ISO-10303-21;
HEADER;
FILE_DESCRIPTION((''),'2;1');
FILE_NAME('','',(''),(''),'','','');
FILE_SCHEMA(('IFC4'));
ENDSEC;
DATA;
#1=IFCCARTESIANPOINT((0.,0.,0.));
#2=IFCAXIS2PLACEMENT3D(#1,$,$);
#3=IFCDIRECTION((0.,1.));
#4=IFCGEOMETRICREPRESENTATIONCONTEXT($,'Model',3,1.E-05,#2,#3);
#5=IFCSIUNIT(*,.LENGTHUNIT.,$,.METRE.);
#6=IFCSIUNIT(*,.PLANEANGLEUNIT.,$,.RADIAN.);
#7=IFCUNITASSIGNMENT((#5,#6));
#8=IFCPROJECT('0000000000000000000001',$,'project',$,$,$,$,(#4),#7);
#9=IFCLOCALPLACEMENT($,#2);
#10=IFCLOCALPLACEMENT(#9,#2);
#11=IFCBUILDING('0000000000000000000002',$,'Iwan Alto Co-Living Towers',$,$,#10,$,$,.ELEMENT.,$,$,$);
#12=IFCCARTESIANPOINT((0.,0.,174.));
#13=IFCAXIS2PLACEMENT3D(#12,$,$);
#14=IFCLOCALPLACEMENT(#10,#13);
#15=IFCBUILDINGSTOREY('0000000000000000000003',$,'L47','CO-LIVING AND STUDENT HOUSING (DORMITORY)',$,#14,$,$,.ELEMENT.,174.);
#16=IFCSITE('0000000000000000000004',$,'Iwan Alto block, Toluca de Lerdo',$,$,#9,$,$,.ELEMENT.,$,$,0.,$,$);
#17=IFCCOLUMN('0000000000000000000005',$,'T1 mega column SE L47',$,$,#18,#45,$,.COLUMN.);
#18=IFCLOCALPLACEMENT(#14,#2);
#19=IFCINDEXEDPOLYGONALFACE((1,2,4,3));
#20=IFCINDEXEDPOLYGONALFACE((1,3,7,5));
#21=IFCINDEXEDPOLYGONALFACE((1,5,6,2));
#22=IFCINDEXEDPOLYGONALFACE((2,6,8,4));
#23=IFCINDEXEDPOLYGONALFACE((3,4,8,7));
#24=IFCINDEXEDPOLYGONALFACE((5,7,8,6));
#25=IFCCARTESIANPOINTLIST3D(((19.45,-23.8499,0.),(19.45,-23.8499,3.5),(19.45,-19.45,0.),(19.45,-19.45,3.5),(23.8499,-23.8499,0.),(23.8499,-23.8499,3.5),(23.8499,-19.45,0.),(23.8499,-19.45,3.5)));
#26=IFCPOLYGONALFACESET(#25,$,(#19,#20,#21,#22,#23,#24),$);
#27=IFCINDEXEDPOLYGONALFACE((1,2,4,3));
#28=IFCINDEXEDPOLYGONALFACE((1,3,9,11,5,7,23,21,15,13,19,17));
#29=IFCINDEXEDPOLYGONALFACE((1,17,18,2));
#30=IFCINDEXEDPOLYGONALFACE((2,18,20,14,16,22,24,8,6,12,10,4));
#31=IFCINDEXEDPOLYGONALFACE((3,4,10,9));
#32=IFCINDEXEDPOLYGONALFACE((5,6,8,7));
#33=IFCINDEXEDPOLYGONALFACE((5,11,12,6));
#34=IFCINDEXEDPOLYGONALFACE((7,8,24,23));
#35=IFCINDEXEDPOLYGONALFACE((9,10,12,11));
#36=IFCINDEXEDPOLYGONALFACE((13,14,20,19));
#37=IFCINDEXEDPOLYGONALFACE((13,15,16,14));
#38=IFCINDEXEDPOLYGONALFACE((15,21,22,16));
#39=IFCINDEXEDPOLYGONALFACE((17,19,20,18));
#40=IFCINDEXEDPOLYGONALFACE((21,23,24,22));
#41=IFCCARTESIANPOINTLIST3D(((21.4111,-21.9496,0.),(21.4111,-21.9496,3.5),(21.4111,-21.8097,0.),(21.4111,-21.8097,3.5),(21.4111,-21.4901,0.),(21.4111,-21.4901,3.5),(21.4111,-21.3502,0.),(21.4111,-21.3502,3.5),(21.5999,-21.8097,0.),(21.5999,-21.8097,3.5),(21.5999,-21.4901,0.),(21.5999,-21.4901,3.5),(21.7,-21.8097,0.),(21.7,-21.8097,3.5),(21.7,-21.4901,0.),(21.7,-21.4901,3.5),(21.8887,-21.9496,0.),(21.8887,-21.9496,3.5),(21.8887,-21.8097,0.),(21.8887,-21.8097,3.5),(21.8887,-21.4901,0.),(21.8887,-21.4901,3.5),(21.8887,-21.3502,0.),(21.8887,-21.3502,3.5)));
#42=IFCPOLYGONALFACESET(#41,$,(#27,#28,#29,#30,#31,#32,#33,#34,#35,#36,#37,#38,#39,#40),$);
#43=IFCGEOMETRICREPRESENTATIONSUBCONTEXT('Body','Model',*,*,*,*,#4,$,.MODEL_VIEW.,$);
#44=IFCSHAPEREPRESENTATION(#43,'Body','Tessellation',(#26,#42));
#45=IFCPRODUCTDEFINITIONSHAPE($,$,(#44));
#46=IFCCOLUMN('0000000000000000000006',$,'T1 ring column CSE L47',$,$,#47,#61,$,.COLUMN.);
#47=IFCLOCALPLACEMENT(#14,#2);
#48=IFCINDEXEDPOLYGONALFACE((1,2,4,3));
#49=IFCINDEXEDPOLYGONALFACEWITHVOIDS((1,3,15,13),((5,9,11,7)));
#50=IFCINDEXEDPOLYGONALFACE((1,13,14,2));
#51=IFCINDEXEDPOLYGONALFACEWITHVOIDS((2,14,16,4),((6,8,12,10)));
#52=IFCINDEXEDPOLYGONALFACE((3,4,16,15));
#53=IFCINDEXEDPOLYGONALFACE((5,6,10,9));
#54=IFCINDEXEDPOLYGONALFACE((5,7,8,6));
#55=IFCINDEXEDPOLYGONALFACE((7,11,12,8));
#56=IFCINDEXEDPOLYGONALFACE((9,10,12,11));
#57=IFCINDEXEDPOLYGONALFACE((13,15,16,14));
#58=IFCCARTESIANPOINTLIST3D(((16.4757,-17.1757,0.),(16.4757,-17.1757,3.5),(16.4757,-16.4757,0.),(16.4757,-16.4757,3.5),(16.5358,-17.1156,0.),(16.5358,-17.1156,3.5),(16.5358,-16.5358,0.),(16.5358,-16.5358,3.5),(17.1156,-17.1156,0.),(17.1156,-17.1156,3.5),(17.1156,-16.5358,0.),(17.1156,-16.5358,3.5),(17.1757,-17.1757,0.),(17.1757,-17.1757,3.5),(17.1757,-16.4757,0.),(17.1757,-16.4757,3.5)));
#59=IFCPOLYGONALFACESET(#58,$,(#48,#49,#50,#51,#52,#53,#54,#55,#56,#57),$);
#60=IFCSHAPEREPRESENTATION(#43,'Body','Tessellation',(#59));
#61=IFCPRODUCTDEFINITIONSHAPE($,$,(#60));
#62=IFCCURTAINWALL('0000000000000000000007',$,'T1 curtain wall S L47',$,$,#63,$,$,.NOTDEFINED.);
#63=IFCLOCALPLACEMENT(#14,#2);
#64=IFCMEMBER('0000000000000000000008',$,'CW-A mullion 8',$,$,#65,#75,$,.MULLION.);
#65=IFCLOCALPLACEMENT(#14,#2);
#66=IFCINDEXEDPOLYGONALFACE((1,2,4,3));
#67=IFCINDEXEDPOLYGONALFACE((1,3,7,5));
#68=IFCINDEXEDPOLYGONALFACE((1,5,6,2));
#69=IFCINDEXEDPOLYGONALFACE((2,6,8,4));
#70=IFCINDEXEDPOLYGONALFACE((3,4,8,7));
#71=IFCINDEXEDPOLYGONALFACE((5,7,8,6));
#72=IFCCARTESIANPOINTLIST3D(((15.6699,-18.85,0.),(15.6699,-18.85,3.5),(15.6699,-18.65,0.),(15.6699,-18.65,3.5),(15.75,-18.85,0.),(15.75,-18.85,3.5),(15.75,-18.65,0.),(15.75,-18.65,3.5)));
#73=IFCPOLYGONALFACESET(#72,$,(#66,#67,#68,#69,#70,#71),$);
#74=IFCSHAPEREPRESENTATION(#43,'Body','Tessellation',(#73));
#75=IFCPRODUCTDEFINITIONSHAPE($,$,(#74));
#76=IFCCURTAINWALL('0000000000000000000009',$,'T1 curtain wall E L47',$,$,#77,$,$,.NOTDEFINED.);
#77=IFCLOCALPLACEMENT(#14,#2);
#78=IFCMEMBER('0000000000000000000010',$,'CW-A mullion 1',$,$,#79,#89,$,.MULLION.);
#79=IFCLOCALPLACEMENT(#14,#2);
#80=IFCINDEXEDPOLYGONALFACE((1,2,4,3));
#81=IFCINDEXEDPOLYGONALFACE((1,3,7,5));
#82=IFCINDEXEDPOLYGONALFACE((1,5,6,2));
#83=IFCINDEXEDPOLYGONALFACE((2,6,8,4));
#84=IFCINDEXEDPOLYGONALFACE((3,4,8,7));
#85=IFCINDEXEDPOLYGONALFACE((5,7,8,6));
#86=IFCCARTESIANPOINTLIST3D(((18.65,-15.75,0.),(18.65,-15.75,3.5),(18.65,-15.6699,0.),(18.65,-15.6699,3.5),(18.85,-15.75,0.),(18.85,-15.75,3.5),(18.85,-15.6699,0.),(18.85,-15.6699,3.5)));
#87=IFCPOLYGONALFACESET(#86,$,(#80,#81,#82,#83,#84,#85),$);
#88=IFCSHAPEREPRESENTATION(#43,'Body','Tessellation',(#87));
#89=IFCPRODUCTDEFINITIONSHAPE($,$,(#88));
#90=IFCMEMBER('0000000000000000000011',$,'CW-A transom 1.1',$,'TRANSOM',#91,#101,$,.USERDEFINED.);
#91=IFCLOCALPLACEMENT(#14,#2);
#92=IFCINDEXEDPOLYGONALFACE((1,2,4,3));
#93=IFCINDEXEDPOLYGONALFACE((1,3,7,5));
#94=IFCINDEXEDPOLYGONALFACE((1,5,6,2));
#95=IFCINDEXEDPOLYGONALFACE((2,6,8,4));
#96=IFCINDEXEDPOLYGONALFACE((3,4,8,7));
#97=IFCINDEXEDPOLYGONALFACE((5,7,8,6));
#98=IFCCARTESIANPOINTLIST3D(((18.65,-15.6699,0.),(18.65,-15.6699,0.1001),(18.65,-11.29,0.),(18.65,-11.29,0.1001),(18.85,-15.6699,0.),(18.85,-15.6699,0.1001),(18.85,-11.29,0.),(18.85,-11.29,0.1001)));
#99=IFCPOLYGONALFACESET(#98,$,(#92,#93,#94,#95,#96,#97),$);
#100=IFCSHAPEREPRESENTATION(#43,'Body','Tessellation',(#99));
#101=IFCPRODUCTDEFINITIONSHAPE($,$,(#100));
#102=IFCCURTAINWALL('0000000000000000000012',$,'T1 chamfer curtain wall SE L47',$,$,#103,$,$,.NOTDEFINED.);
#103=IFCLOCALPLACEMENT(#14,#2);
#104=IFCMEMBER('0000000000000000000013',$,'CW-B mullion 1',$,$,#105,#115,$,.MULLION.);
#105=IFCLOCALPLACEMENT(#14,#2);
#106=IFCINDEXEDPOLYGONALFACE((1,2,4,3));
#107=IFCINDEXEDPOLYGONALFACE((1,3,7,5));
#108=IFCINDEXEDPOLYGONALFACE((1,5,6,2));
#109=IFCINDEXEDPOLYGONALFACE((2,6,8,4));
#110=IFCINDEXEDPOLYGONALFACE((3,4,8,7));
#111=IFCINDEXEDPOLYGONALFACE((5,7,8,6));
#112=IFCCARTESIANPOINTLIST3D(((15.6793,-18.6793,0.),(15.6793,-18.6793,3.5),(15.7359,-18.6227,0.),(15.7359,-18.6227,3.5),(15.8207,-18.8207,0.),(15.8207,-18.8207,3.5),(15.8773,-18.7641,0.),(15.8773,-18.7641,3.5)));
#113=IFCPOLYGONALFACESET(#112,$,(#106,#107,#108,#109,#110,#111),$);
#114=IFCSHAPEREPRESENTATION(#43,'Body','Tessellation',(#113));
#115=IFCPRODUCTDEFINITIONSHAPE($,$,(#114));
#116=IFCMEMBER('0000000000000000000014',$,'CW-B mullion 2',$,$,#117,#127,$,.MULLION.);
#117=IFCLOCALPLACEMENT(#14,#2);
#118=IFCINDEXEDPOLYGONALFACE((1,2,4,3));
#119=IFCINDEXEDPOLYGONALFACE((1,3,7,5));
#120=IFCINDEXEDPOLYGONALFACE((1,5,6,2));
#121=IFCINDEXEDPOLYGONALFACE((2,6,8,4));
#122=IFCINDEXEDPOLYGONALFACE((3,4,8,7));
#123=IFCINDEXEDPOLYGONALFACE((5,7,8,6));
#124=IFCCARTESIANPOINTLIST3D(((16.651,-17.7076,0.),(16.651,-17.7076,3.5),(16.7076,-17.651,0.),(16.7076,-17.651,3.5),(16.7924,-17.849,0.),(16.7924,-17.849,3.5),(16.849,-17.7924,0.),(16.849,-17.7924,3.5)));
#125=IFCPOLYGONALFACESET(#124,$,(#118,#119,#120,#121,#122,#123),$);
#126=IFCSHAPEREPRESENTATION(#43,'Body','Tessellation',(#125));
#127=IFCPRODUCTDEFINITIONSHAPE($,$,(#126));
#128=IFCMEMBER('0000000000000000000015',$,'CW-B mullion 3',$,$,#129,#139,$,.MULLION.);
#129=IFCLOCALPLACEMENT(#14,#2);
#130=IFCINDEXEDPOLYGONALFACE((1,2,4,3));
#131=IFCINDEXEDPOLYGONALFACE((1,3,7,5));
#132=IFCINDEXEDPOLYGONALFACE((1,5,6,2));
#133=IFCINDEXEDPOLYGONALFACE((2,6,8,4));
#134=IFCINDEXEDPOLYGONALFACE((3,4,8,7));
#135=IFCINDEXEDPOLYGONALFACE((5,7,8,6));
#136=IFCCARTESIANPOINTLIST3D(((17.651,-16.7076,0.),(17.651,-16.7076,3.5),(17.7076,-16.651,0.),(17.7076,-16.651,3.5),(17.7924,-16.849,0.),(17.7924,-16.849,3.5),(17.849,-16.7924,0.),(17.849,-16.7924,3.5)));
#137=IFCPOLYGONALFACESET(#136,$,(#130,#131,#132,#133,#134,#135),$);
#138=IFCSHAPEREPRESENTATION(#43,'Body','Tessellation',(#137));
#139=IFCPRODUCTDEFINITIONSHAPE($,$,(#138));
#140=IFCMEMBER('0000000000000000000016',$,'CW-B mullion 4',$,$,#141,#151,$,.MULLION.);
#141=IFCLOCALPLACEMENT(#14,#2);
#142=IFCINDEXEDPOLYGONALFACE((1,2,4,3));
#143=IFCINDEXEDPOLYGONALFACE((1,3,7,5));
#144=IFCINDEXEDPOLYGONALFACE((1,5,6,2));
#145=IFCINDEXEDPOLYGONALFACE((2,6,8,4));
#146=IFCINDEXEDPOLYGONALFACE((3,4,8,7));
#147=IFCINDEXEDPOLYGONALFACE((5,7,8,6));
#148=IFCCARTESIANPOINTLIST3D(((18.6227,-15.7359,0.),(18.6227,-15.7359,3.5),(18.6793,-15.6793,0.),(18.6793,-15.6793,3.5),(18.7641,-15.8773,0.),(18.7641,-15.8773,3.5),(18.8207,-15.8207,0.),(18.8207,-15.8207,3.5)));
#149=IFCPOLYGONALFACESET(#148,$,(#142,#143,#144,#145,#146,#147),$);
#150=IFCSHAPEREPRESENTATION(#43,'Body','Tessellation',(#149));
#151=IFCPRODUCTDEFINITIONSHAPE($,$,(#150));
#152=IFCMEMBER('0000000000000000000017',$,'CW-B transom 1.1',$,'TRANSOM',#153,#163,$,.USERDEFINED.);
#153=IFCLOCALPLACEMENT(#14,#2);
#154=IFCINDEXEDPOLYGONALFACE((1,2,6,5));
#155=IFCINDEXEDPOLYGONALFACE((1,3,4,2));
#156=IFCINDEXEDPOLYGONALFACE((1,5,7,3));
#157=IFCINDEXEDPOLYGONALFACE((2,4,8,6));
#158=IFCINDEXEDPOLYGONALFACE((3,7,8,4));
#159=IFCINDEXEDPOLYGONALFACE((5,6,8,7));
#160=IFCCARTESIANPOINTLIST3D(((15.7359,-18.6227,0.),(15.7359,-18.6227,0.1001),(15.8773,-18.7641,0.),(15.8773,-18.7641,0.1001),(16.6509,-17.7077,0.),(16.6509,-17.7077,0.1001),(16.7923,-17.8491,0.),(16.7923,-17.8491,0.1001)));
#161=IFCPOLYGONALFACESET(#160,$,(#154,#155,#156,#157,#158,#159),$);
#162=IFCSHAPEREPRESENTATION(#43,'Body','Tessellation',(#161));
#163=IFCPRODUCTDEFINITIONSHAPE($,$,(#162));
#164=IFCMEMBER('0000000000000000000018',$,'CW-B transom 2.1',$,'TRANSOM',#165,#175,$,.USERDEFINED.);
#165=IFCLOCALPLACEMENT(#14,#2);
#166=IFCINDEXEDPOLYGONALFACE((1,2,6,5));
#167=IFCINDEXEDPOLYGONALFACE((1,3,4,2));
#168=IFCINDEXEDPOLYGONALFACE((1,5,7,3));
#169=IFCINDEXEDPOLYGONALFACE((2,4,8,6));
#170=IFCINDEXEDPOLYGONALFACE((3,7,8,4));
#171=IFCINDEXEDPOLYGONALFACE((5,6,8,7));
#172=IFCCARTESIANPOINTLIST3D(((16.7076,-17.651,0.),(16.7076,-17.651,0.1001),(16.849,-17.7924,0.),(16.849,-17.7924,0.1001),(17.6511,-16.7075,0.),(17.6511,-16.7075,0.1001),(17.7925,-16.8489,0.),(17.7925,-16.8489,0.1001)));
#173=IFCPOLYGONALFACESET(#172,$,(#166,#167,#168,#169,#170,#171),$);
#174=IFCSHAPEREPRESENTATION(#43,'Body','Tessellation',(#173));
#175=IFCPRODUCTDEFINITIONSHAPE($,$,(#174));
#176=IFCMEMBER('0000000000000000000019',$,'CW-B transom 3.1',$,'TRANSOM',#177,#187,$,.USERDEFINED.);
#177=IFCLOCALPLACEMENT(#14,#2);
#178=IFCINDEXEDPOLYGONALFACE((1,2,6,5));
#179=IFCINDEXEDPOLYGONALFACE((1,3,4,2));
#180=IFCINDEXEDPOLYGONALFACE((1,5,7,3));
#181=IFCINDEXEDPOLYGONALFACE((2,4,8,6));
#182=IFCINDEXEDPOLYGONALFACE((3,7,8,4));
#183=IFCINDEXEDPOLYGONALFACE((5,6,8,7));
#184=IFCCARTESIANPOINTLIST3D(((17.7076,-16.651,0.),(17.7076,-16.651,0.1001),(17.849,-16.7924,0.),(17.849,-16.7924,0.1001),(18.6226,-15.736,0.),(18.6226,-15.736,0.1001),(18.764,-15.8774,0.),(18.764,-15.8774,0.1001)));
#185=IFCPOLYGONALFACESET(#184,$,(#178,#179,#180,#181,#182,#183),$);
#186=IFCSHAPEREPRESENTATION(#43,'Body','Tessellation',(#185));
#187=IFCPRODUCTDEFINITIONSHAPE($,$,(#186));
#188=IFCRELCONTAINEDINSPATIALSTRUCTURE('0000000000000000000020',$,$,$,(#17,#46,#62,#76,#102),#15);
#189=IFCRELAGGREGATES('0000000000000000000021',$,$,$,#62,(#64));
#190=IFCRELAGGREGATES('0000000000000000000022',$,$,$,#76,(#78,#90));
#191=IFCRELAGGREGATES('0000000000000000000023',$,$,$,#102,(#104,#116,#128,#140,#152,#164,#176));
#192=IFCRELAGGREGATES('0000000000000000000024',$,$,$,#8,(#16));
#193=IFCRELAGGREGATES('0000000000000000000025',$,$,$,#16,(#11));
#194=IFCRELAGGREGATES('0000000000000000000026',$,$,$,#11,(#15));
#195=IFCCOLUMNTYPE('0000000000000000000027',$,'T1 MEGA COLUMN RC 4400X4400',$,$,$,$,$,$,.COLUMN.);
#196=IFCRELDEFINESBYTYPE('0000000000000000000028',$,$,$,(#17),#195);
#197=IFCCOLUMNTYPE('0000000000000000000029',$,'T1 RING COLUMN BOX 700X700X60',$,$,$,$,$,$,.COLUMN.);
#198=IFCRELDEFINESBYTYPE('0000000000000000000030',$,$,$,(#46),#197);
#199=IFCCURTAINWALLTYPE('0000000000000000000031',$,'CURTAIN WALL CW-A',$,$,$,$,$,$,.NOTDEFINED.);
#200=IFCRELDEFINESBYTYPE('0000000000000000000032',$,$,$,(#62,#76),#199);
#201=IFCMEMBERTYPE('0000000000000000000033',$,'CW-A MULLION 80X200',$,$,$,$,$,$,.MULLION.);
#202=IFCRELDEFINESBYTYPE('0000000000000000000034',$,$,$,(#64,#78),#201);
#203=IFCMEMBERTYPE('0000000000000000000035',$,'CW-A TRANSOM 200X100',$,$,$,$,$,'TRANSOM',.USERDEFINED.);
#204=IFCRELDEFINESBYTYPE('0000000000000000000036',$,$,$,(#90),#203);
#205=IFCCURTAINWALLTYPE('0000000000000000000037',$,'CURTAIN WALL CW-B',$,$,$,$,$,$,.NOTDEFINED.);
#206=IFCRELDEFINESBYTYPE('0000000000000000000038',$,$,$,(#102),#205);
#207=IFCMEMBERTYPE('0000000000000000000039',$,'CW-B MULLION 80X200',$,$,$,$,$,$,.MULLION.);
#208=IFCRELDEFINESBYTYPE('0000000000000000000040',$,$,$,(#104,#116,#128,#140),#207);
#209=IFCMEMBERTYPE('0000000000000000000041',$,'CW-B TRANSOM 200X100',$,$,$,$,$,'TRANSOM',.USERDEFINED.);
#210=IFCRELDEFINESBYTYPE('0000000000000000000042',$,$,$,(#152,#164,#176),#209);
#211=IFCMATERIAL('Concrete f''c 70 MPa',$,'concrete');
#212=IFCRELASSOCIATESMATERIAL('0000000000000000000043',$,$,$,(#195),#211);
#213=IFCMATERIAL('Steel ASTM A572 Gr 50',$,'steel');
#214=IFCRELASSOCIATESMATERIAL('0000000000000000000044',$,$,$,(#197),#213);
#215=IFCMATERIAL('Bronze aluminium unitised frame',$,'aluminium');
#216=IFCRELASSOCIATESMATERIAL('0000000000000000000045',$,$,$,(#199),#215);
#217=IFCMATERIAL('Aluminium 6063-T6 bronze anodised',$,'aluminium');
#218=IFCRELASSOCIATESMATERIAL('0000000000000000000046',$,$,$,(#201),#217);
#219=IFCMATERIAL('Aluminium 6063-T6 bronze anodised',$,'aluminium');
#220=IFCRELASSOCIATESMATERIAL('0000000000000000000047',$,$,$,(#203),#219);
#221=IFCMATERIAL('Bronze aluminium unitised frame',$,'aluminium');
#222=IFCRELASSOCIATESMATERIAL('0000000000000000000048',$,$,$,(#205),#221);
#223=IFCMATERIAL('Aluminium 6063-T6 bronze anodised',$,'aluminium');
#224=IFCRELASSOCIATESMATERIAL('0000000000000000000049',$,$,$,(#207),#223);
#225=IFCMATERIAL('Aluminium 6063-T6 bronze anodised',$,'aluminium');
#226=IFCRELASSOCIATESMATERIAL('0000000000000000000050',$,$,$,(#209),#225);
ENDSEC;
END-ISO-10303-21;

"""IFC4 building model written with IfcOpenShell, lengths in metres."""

from ifc_helpers import new_model, si_unit, direction, frame, origin, origin_2d, place, context, subcontext, project, spatial, rectangle, hollow_rectangle, i_section, extrude, material, material_profile, profile_set, type_object, element, aggregate, save


model = new_model("IFC4")

# Units and contexts
model_context = context("Model", 3, precision=1e-05, world=origin(), true_north=direction((0.0, 1.0)))
body_context = subcontext(model_context, "Body", "Model", "MODEL_VIEW")
ifc_project = project(units=[si_unit("LENGTHUNIT", "METRE"), si_unit("PLANEANGLEUNIT", "RADIAN")], contexts=[model_context])

# Site, building, storey
site_placement = place(None, origin())
site = spatial("IfcSite", under=ifc_project, at=site_placement, Name="Iwan Alto block, Toluca de Lerdo", CompositionType="ELEMENT", RefElevation=0.0)
building_placement = place(site_placement, origin())
building = spatial("IfcBuilding", under=site, at=building_placement, Name="Iwan Alto Co-Living Towers", CompositionType="ELEMENT")
storey_placement = place(building_placement, frame((0.0, 0.0, 174.0)))
storey = spatial("IfcBuildingStorey", under=building, at=storey_placement, Name="L47", Description="CO-LIVING AND STUDENT HOUSING (DORMITORY)", CompositionType="ELEMENT", Elevation=174.0)

# Columns
ifc_material_1 = material(Name="Concrete f'c 70 MPa", Category="concrete")
ifc_material_profile_1 = material_profile(ifc_material_1, rectangle(XDim=4.3999, YDim=4.3999, at=origin_2d()), Name="RC 4400X4400")
ifc_profile_set_1 = profile_set([ifc_material_profile_1], Name="Concrete f'c 70 MPa")
column_type_1 = type_object("IfcColumnType", Name="T1 MEGA COLUMN RC 4400X4400", PredefinedType="COLUMN", material=ifc_profile_set_1)
column_1_placement = place(storey_placement, frame((21.6499, -21.6499, 0.0), z_axis=(0.0, 0.0, 1.0), x_axis=(1.0, 0.0, 0.0)))
element("IfcColumn", 1, at=column_1_placement, inside=storey, type_object=column_type_1, Name="T1 mega column SE L47", PredefinedType="COLUMN", context=body_context, shape_type="SweptSolid", body=[
    extrude(rectangle(XDim=4.3999, YDim=4.3999, at=origin_2d()), origin(), (0.0, 0.0, 1.0), 3.5),
    extrude(i_section(OverallWidth=0.4775, OverallDepth=0.5994, WebThickness=0.1001, FlangeThickness=0.1399, at=origin_2d()), origin(), (0.0, 0.0, 1.0), 3.5),
])
ifc_material_2 = material(Name="Steel ASTM A572 Gr 50", Category="steel")
ifc_material_profile_2 = material_profile(ifc_material_2, hollow_rectangle(XDim=0.7, YDim=0.7, WallThickness=0.0601, at=origin_2d()), Name="BOX 700X700X60")
ifc_profile_set_2 = profile_set([ifc_material_profile_2], Name="Steel ASTM A572 Gr 50")
column_type_2 = type_object("IfcColumnType", Name="T1 RING COLUMN BOX 700X700X60", PredefinedType="COLUMN", material=ifc_profile_set_2)
column_2_placement = place(storey_placement, frame((16.8257, -16.8257, 0.0), z_axis=(0.0, 0.0, 1.0), x_axis=(1.0, 0.0, 0.0)))
element("IfcColumn", 2, at=column_2_placement, inside=storey, type_object=column_type_2, Name="T1 ring column CSE L47", PredefinedType="COLUMN", context=body_context, shape_type="SweptSolid", body=[
    extrude(hollow_rectangle(XDim=0.7, YDim=0.7, WallThickness=0.0601, at=origin_2d()), origin(), (0.0, 0.0, 1.0), 3.5),
])

# Curtain wall, member
ifc_material_3 = material(Name="Bronze aluminium unitised frame", Category="aluminium")
curtain_wall_type_1 = type_object("IfcCurtainWallType", Name="CURTAIN WALL CW-A", PredefinedType="NOTDEFINED", material=ifc_material_3)
curtain_wall_1_placement = place(storey_placement, origin())
curtain_wall_1 = element("IfcCurtainWall", 3, at=curtain_wall_1_placement, inside=storey, type_object=curtain_wall_type_1, Name="T1 curtain wall S L47", PredefinedType="NOTDEFINED")
ifc_material_4 = material(Name="Aluminium 6063-T6 bronze anodised", Category="aluminium")
ifc_material_profile_3 = material_profile(ifc_material_4, rectangle(XDim=0.2, YDim=0.0801, at=origin_2d()), Name="AL 80X200")
ifc_profile_set_3 = profile_set([ifc_material_profile_3], Name="Aluminium 6063-T6 bronze anodised")
member_type_1 = type_object("IfcMemberType", Name="CW-A MULLION 80X200", PredefinedType="MULLION", material=ifc_profile_set_3)
member_1_placement = place(storey_placement, frame((15.71, -18.75, 0.0), z_axis=(0.0, 0.0, 1.0), x_axis=(0.0, 1.0, 0.0)))
member_1 = element("IfcMember", 4, at=member_1_placement, type_object=member_type_1, Name="CW-A mullion 8", PredefinedType="MULLION", context=body_context, shape_type="SweptSolid", body=[
    extrude(rectangle(XDim=0.2, YDim=0.0801, at=origin_2d()), origin(), (0.0, 0.0, 1.0), 3.5),
])

# Curtain walls, members
curtain_wall_2_placement = place(storey_placement, origin())
curtain_wall_2 = element("IfcCurtainWall", 5, at=curtain_wall_2_placement, inside=storey, type_object=curtain_wall_type_1, Name="T1 curtain wall E L47", PredefinedType="NOTDEFINED")
member_2_placement = place(storey_placement, frame((18.75, -15.71, 0.0), z_axis=(0.0, 0.0, 1.0), x_axis=(-1.0, 0.0, 0.0)))
member_2 = element("IfcMember", 6, at=member_2_placement, type_object=member_type_1, Name="CW-A mullion 1", PredefinedType="MULLION", context=body_context, shape_type="SweptSolid", body=[
    extrude(rectangle(XDim=0.2, YDim=0.0801, at=origin_2d()), origin(), (0.0, 0.0, 1.0), 3.5),
])
ifc_material_5 = material(Name="Aluminium 6063-T6 bronze anodised", Category="aluminium")
ifc_material_profile_4 = material_profile(ifc_material_5, rectangle(XDim=0.2, YDim=0.1001, at=origin_2d()), Name="AL 200X100")
ifc_profile_set_4 = profile_set([ifc_material_profile_4], Name="Aluminium 6063-T6 bronze anodised")
member_type_2 = type_object("IfcMemberType", Name="CW-A TRANSOM 200X100", ElementType="TRANSOM", PredefinedType="USERDEFINED", material=ifc_profile_set_4)
member_3_placement = place(storey_placement, frame((18.75, -15.6699, 0.05), z_axis=(0.0, 1.0, 0.0), x_axis=(-1.0, 0.0, 0.0)))
member_3 = element("IfcMember", 7, at=member_3_placement, type_object=member_type_2, Name="CW-A transom 1.1", ObjectType="TRANSOM", PredefinedType="USERDEFINED", context=body_context, shape_type="SweptSolid", body=[
    extrude(rectangle(XDim=0.2, YDim=0.1001, at=origin_2d()), origin(), (0.0, 0.0, 1.0), 4.3799),
])
ifc_material_6 = material(Name="Bronze aluminium unitised frame", Category="aluminium")
curtain_wall_type_2 = type_object("IfcCurtainWallType", Name="CURTAIN WALL CW-B", PredefinedType="NOTDEFINED", material=ifc_material_6)
curtain_wall_3_placement = place(storey_placement, origin())
curtain_wall_3 = element("IfcCurtainWall", 8, at=curtain_wall_3_placement, inside=storey, type_object=curtain_wall_type_2, Name="T1 chamfer curtain wall SE L47", PredefinedType="NOTDEFINED")
ifc_material_7 = material(Name="Aluminium 6063-T6 bronze anodised", Category="aluminium")
ifc_material_profile_5 = material_profile(ifc_material_7, rectangle(XDim=0.2, YDim=0.0801, at=origin_2d()), Name="AL 80X200")
ifc_profile_set_5 = profile_set([ifc_material_profile_5], Name="Aluminium 6063-T6 bronze anodised")
member_type_3 = type_object("IfcMemberType", Name="CW-B MULLION 80X200", PredefinedType="MULLION", material=ifc_profile_set_5)
member_4_placement = place(storey_placement, frame((15.7783, -18.7217, 0.0), z_axis=(0.0, 0.0, 1.0), x_axis=(-0.707107, 0.707107, 0.0)))
member_4 = element("IfcMember", 9, at=member_4_placement, type_object=member_type_3, Name="CW-B mullion 1", PredefinedType="MULLION", context=body_context, shape_type="SweptSolid", body=[
    extrude(rectangle(XDim=0.2, YDim=0.0801, at=origin_2d()), origin(), (0.0, 0.0, 1.0), 3.5),
])
member_5_placement = place(storey_placement, frame((16.75, -17.75, 0.0), z_axis=(0.0, 0.0, 1.0), x_axis=(-0.707107, 0.707107, 0.0)))
member_5 = element("IfcMember", 10, at=member_5_placement, type_object=member_type_3, Name="CW-B mullion 2", PredefinedType="MULLION", context=body_context, shape_type="SweptSolid", body=[
    extrude(rectangle(XDim=0.2, YDim=0.0801, at=origin_2d()), origin(), (0.0, 0.0, 1.0), 3.5),
])
member_6_placement = place(storey_placement, frame((17.75, -16.75, 0.0), z_axis=(0.0, 0.0, 1.0), x_axis=(-0.707107, 0.707107, 0.0)))
member_6 = element("IfcMember", 11, at=member_6_placement, type_object=member_type_3, Name="CW-B mullion 3", PredefinedType="MULLION", context=body_context, shape_type="SweptSolid", body=[
    extrude(rectangle(XDim=0.2, YDim=0.0801, at=origin_2d()), origin(), (0.0, 0.0, 1.0), 3.5),
])
member_7_placement = place(storey_placement, frame((18.7217, -15.7783, 0.0), z_axis=(0.0, 0.0, 1.0), x_axis=(-0.707107, 0.707107, 0.0)))
member_7 = element("IfcMember", 12, at=member_7_placement, type_object=member_type_3, Name="CW-B mullion 4", PredefinedType="MULLION", context=body_context, shape_type="SweptSolid", body=[
    extrude(rectangle(XDim=0.2, YDim=0.0801, at=origin_2d()), origin(), (0.0, 0.0, 1.0), 3.5),
])
ifc_material_8 = material(Name="Aluminium 6063-T6 bronze anodised", Category="aluminium")
ifc_material_profile_6 = material_profile(ifc_material_8, rectangle(XDim=0.2, YDim=0.1001, at=origin_2d()), Name="AL 200X100")
ifc_profile_set_6 = profile_set([ifc_material_profile_6], Name="Aluminium 6063-T6 bronze anodised")
member_type_4 = type_object("IfcMemberType", Name="CW-B TRANSOM 200X100", ElementType="TRANSOM", PredefinedType="USERDEFINED", material=ifc_profile_set_6)
member_8_placement = place(storey_placement, frame((15.8066, -18.6934, 0.05), z_axis=(0.707107, 0.707107, 0.0), x_axis=(-0.707107, 0.707107, 0.0)))
member_8 = element("IfcMember", 13, at=member_8_placement, type_object=member_type_4, Name="CW-B transom 1.1", ObjectType="TRANSOM", PredefinedType="USERDEFINED", context=body_context, shape_type="SweptSolid", body=[
    extrude(rectangle(XDim=0.2, YDim=0.1001, at=origin_2d()), origin(), (0.0, 0.0, 1.0), 1.2939),
])
member_9_placement = place(storey_placement, frame((16.7783, -17.7217, 0.05), z_axis=(0.707107, 0.707107, 0.0), x_axis=(-0.707107, 0.707107, 0.0)))
member_9 = element("IfcMember", 14, at=member_9_placement, type_object=member_type_4, Name="CW-B transom 2.1", ObjectType="TRANSOM", PredefinedType="USERDEFINED", context=body_context, shape_type="SweptSolid", body=[
    extrude(rectangle(XDim=0.2, YDim=0.1001, at=origin_2d()), origin(), (0.0, 0.0, 1.0), 1.3342),
])
member_10_placement = place(storey_placement, frame((17.7783, -16.7217, 0.05), z_axis=(0.707107, 0.707107, 0.0), x_axis=(-0.707107, 0.707107, 0.0)))
member_10 = element("IfcMember", 15, at=member_10_placement, type_object=member_type_4, Name="CW-B transom 3.1", ObjectType="TRANSOM", PredefinedType="USERDEFINED", context=body_context, shape_type="SweptSolid", body=[
    extrude(rectangle(XDim=0.2, YDim=0.1001, at=origin_2d()), origin(), (0.0, 0.0, 1.0), 1.2939),
])

aggregate(curtain_wall_1, [member_1])
aggregate(curtain_wall_2, [member_2, member_3])
aggregate(curtain_wall_3, [member_4, member_5, member_6, member_7, member_8, member_9, member_10])

save(model, "model.ifc")
